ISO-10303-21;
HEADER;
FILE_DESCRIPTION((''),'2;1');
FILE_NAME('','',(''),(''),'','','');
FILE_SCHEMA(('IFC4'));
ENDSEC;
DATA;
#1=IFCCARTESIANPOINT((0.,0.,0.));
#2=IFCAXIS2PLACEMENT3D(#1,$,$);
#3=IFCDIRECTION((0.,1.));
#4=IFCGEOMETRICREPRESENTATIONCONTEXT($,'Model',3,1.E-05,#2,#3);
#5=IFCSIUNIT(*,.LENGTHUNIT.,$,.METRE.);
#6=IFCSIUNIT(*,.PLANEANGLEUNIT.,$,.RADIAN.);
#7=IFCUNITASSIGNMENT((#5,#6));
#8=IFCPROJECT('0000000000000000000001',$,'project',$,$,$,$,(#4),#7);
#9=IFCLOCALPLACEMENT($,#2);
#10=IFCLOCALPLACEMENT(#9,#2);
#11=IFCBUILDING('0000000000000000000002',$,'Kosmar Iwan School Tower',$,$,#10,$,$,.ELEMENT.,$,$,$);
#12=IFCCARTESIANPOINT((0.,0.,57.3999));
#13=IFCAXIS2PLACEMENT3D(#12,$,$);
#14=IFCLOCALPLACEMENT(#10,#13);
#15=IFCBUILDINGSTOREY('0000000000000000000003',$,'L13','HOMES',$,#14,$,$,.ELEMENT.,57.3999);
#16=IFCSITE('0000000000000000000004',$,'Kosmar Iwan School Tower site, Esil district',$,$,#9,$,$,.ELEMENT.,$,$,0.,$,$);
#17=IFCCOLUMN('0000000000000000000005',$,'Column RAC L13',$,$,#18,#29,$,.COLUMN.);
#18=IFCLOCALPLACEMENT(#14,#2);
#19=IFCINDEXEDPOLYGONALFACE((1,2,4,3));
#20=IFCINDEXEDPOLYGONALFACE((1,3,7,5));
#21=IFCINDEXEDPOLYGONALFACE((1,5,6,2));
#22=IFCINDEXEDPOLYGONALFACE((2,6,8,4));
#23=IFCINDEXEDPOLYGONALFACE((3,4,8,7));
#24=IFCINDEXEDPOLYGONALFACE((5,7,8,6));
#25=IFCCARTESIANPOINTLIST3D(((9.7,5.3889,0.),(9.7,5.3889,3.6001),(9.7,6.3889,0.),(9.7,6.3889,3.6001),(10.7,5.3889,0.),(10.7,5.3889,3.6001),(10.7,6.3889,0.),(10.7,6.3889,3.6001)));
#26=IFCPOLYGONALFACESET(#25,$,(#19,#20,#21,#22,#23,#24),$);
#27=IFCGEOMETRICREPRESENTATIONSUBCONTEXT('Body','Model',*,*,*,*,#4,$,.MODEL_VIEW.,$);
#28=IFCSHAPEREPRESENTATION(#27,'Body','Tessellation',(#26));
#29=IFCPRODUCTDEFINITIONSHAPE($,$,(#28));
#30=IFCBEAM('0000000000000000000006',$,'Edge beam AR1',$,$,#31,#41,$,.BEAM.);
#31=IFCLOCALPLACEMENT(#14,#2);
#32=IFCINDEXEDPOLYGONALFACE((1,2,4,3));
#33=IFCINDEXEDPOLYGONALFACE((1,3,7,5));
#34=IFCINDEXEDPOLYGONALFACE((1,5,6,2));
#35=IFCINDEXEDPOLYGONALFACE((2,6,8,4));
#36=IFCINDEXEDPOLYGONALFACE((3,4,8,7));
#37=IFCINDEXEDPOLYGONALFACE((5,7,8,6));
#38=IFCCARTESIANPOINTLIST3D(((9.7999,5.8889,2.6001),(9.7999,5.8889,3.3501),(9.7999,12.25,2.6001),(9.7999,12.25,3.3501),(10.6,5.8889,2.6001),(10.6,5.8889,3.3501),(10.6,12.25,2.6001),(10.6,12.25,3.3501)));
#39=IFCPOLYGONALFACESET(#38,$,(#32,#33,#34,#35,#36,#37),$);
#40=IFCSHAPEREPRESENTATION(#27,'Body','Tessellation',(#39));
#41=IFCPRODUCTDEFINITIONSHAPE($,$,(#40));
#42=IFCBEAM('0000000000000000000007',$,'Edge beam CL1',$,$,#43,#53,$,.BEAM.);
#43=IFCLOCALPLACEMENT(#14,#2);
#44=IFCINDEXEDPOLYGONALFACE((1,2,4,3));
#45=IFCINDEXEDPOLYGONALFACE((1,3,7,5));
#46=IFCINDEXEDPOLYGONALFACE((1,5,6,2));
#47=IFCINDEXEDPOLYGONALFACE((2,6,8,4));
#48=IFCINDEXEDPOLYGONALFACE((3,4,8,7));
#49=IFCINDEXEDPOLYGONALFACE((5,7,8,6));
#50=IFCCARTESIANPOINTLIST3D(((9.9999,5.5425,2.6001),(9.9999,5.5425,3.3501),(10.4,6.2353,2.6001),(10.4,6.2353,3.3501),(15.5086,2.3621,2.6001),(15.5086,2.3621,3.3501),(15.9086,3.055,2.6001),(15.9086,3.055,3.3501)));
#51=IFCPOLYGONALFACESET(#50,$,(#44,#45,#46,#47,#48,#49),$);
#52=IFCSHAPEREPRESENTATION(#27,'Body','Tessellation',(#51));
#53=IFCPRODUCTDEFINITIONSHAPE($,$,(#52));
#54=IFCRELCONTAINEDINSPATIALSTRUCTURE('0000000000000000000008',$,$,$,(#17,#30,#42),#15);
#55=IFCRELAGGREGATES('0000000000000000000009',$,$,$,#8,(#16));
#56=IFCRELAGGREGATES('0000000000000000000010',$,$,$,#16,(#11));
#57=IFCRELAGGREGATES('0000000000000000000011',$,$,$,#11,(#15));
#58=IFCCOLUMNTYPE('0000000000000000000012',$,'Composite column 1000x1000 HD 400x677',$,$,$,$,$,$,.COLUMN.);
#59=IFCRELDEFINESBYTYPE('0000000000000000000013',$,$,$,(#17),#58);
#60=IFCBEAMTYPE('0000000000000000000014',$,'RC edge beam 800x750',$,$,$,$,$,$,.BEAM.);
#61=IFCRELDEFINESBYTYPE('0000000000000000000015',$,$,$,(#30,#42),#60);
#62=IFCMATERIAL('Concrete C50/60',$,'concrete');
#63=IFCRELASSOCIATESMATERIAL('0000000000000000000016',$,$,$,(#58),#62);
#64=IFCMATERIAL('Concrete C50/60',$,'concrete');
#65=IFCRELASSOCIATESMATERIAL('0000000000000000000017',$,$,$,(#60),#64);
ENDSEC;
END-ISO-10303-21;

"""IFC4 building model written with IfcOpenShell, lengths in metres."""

from ifc_helpers import new_model, si_unit, direction, frame, origin, origin_2d, place, context, subcontext, project, spatial, rectangle, extrude, material, material_profile, profile_set, type_object, element, save


model = new_model("IFC4")

# Units and contexts
model_context = context("Model", 3, precision=1e-05, world=origin(), true_north=direction((0.0, 1.0)))
body_context = subcontext(model_context, "Body", "Model", "MODEL_VIEW")
ifc_project = project(units=[si_unit("LENGTHUNIT", "METRE"), si_unit("PLANEANGLEUNIT", "RADIAN")], contexts=[model_context])

# Site, building, storey
site_placement = place(None, origin())
site = spatial("IfcSite", under=ifc_project, at=site_placement, Name="Kosmar Iwan School Tower site, Esil district", CompositionType="ELEMENT", RefElevation=0.0)
building_placement = place(site_placement, origin())
building = spatial("IfcBuilding", under=site, at=building_placement, Name="Kosmar Iwan School Tower", CompositionType="ELEMENT")
storey_placement = place(building_placement, frame((0.0, 0.0, 57.3999)))
storey = spatial("IfcBuildingStorey", under=building, at=storey_placement, Name="L13", Description="HOMES", CompositionType="ELEMENT", Elevation=57.3999)

# Column
ifc_material_1 = material(Name="Concrete C50/60", Category="concrete")
ifc_material_profile_1 = material_profile(ifc_material_1, rectangle(XDim=1.0, YDim=1.0, at=origin_2d()), Name="RC 1000x1000 + HD 400x677")
ifc_profile_set_1 = profile_set([ifc_material_profile_1], Name="Concrete C50/60")
column_type = type_object("IfcColumnType", Name="Composite column 1000x1000 HD 400x677", PredefinedType="COLUMN", material=ifc_profile_set_1)
column_placement = place(storey_placement, frame((10.2, 5.8889, 0.0), z_axis=(0.0, 0.0, 1.0), x_axis=(1.0, 0.0, 0.0)))
element("IfcColumn", 1, at=column_placement, inside=storey, type_object=column_type, Name="Column RAC L13", PredefinedType="COLUMN", context=body_context, shape_type="SweptSolid", body=[
    extrude(rectangle(XDim=1.0, YDim=1.0, at=origin_2d()), origin(), (0.0, 0.0, 1.0), 3.6001),
])

# Beams
ifc_material_2 = material(Name="Concrete C50/60", Category="concrete")
ifc_material_profile_2 = material_profile(ifc_material_2, rectangle(XDim=0.8, YDim=0.75, at=origin_2d()), Name="RC 800x750")
ifc_profile_set_2 = profile_set([ifc_material_profile_2], Name="Concrete C50/60")
beam_type = type_object("IfcBeamType", Name="RC edge beam 800x750", PredefinedType="BEAM", material=ifc_profile_set_2)
beam_1_placement = place(storey_placement, frame((10.2, 5.8889, 2.9751), z_axis=(0.0, 1.0, 0.0), x_axis=(-1.0, 0.0, 0.0)))
element("IfcBeam", 2, at=beam_1_placement, inside=storey, type_object=beam_type, Name="Edge beam AR1", PredefinedType="BEAM", context=body_context, shape_type="SweptSolid", body=[
    extrude(rectangle(XDim=0.8, YDim=0.75, at=origin_2d()), origin(), (0.0, 0.0, 1.0), 6.3611),
])
beam_2_placement = place(storey_placement, frame((10.2, 5.8889, 2.9751), z_axis=(0.866031, -0.49999, 0.0), x_axis=(0.49999, 0.866031, 0.0)))
element("IfcBeam", 3, at=beam_2_placement, inside=storey, type_object=beam_type, Name="Edge beam CL1", PredefinedType="BEAM", context=body_context, shape_type="SweptSolid", body=[
    extrude(rectangle(XDim=0.8, YDim=0.75, at=origin_2d()), origin(), (0.0, 0.0, 1.0), 6.3608),
])

save(model, "model.ifc")
